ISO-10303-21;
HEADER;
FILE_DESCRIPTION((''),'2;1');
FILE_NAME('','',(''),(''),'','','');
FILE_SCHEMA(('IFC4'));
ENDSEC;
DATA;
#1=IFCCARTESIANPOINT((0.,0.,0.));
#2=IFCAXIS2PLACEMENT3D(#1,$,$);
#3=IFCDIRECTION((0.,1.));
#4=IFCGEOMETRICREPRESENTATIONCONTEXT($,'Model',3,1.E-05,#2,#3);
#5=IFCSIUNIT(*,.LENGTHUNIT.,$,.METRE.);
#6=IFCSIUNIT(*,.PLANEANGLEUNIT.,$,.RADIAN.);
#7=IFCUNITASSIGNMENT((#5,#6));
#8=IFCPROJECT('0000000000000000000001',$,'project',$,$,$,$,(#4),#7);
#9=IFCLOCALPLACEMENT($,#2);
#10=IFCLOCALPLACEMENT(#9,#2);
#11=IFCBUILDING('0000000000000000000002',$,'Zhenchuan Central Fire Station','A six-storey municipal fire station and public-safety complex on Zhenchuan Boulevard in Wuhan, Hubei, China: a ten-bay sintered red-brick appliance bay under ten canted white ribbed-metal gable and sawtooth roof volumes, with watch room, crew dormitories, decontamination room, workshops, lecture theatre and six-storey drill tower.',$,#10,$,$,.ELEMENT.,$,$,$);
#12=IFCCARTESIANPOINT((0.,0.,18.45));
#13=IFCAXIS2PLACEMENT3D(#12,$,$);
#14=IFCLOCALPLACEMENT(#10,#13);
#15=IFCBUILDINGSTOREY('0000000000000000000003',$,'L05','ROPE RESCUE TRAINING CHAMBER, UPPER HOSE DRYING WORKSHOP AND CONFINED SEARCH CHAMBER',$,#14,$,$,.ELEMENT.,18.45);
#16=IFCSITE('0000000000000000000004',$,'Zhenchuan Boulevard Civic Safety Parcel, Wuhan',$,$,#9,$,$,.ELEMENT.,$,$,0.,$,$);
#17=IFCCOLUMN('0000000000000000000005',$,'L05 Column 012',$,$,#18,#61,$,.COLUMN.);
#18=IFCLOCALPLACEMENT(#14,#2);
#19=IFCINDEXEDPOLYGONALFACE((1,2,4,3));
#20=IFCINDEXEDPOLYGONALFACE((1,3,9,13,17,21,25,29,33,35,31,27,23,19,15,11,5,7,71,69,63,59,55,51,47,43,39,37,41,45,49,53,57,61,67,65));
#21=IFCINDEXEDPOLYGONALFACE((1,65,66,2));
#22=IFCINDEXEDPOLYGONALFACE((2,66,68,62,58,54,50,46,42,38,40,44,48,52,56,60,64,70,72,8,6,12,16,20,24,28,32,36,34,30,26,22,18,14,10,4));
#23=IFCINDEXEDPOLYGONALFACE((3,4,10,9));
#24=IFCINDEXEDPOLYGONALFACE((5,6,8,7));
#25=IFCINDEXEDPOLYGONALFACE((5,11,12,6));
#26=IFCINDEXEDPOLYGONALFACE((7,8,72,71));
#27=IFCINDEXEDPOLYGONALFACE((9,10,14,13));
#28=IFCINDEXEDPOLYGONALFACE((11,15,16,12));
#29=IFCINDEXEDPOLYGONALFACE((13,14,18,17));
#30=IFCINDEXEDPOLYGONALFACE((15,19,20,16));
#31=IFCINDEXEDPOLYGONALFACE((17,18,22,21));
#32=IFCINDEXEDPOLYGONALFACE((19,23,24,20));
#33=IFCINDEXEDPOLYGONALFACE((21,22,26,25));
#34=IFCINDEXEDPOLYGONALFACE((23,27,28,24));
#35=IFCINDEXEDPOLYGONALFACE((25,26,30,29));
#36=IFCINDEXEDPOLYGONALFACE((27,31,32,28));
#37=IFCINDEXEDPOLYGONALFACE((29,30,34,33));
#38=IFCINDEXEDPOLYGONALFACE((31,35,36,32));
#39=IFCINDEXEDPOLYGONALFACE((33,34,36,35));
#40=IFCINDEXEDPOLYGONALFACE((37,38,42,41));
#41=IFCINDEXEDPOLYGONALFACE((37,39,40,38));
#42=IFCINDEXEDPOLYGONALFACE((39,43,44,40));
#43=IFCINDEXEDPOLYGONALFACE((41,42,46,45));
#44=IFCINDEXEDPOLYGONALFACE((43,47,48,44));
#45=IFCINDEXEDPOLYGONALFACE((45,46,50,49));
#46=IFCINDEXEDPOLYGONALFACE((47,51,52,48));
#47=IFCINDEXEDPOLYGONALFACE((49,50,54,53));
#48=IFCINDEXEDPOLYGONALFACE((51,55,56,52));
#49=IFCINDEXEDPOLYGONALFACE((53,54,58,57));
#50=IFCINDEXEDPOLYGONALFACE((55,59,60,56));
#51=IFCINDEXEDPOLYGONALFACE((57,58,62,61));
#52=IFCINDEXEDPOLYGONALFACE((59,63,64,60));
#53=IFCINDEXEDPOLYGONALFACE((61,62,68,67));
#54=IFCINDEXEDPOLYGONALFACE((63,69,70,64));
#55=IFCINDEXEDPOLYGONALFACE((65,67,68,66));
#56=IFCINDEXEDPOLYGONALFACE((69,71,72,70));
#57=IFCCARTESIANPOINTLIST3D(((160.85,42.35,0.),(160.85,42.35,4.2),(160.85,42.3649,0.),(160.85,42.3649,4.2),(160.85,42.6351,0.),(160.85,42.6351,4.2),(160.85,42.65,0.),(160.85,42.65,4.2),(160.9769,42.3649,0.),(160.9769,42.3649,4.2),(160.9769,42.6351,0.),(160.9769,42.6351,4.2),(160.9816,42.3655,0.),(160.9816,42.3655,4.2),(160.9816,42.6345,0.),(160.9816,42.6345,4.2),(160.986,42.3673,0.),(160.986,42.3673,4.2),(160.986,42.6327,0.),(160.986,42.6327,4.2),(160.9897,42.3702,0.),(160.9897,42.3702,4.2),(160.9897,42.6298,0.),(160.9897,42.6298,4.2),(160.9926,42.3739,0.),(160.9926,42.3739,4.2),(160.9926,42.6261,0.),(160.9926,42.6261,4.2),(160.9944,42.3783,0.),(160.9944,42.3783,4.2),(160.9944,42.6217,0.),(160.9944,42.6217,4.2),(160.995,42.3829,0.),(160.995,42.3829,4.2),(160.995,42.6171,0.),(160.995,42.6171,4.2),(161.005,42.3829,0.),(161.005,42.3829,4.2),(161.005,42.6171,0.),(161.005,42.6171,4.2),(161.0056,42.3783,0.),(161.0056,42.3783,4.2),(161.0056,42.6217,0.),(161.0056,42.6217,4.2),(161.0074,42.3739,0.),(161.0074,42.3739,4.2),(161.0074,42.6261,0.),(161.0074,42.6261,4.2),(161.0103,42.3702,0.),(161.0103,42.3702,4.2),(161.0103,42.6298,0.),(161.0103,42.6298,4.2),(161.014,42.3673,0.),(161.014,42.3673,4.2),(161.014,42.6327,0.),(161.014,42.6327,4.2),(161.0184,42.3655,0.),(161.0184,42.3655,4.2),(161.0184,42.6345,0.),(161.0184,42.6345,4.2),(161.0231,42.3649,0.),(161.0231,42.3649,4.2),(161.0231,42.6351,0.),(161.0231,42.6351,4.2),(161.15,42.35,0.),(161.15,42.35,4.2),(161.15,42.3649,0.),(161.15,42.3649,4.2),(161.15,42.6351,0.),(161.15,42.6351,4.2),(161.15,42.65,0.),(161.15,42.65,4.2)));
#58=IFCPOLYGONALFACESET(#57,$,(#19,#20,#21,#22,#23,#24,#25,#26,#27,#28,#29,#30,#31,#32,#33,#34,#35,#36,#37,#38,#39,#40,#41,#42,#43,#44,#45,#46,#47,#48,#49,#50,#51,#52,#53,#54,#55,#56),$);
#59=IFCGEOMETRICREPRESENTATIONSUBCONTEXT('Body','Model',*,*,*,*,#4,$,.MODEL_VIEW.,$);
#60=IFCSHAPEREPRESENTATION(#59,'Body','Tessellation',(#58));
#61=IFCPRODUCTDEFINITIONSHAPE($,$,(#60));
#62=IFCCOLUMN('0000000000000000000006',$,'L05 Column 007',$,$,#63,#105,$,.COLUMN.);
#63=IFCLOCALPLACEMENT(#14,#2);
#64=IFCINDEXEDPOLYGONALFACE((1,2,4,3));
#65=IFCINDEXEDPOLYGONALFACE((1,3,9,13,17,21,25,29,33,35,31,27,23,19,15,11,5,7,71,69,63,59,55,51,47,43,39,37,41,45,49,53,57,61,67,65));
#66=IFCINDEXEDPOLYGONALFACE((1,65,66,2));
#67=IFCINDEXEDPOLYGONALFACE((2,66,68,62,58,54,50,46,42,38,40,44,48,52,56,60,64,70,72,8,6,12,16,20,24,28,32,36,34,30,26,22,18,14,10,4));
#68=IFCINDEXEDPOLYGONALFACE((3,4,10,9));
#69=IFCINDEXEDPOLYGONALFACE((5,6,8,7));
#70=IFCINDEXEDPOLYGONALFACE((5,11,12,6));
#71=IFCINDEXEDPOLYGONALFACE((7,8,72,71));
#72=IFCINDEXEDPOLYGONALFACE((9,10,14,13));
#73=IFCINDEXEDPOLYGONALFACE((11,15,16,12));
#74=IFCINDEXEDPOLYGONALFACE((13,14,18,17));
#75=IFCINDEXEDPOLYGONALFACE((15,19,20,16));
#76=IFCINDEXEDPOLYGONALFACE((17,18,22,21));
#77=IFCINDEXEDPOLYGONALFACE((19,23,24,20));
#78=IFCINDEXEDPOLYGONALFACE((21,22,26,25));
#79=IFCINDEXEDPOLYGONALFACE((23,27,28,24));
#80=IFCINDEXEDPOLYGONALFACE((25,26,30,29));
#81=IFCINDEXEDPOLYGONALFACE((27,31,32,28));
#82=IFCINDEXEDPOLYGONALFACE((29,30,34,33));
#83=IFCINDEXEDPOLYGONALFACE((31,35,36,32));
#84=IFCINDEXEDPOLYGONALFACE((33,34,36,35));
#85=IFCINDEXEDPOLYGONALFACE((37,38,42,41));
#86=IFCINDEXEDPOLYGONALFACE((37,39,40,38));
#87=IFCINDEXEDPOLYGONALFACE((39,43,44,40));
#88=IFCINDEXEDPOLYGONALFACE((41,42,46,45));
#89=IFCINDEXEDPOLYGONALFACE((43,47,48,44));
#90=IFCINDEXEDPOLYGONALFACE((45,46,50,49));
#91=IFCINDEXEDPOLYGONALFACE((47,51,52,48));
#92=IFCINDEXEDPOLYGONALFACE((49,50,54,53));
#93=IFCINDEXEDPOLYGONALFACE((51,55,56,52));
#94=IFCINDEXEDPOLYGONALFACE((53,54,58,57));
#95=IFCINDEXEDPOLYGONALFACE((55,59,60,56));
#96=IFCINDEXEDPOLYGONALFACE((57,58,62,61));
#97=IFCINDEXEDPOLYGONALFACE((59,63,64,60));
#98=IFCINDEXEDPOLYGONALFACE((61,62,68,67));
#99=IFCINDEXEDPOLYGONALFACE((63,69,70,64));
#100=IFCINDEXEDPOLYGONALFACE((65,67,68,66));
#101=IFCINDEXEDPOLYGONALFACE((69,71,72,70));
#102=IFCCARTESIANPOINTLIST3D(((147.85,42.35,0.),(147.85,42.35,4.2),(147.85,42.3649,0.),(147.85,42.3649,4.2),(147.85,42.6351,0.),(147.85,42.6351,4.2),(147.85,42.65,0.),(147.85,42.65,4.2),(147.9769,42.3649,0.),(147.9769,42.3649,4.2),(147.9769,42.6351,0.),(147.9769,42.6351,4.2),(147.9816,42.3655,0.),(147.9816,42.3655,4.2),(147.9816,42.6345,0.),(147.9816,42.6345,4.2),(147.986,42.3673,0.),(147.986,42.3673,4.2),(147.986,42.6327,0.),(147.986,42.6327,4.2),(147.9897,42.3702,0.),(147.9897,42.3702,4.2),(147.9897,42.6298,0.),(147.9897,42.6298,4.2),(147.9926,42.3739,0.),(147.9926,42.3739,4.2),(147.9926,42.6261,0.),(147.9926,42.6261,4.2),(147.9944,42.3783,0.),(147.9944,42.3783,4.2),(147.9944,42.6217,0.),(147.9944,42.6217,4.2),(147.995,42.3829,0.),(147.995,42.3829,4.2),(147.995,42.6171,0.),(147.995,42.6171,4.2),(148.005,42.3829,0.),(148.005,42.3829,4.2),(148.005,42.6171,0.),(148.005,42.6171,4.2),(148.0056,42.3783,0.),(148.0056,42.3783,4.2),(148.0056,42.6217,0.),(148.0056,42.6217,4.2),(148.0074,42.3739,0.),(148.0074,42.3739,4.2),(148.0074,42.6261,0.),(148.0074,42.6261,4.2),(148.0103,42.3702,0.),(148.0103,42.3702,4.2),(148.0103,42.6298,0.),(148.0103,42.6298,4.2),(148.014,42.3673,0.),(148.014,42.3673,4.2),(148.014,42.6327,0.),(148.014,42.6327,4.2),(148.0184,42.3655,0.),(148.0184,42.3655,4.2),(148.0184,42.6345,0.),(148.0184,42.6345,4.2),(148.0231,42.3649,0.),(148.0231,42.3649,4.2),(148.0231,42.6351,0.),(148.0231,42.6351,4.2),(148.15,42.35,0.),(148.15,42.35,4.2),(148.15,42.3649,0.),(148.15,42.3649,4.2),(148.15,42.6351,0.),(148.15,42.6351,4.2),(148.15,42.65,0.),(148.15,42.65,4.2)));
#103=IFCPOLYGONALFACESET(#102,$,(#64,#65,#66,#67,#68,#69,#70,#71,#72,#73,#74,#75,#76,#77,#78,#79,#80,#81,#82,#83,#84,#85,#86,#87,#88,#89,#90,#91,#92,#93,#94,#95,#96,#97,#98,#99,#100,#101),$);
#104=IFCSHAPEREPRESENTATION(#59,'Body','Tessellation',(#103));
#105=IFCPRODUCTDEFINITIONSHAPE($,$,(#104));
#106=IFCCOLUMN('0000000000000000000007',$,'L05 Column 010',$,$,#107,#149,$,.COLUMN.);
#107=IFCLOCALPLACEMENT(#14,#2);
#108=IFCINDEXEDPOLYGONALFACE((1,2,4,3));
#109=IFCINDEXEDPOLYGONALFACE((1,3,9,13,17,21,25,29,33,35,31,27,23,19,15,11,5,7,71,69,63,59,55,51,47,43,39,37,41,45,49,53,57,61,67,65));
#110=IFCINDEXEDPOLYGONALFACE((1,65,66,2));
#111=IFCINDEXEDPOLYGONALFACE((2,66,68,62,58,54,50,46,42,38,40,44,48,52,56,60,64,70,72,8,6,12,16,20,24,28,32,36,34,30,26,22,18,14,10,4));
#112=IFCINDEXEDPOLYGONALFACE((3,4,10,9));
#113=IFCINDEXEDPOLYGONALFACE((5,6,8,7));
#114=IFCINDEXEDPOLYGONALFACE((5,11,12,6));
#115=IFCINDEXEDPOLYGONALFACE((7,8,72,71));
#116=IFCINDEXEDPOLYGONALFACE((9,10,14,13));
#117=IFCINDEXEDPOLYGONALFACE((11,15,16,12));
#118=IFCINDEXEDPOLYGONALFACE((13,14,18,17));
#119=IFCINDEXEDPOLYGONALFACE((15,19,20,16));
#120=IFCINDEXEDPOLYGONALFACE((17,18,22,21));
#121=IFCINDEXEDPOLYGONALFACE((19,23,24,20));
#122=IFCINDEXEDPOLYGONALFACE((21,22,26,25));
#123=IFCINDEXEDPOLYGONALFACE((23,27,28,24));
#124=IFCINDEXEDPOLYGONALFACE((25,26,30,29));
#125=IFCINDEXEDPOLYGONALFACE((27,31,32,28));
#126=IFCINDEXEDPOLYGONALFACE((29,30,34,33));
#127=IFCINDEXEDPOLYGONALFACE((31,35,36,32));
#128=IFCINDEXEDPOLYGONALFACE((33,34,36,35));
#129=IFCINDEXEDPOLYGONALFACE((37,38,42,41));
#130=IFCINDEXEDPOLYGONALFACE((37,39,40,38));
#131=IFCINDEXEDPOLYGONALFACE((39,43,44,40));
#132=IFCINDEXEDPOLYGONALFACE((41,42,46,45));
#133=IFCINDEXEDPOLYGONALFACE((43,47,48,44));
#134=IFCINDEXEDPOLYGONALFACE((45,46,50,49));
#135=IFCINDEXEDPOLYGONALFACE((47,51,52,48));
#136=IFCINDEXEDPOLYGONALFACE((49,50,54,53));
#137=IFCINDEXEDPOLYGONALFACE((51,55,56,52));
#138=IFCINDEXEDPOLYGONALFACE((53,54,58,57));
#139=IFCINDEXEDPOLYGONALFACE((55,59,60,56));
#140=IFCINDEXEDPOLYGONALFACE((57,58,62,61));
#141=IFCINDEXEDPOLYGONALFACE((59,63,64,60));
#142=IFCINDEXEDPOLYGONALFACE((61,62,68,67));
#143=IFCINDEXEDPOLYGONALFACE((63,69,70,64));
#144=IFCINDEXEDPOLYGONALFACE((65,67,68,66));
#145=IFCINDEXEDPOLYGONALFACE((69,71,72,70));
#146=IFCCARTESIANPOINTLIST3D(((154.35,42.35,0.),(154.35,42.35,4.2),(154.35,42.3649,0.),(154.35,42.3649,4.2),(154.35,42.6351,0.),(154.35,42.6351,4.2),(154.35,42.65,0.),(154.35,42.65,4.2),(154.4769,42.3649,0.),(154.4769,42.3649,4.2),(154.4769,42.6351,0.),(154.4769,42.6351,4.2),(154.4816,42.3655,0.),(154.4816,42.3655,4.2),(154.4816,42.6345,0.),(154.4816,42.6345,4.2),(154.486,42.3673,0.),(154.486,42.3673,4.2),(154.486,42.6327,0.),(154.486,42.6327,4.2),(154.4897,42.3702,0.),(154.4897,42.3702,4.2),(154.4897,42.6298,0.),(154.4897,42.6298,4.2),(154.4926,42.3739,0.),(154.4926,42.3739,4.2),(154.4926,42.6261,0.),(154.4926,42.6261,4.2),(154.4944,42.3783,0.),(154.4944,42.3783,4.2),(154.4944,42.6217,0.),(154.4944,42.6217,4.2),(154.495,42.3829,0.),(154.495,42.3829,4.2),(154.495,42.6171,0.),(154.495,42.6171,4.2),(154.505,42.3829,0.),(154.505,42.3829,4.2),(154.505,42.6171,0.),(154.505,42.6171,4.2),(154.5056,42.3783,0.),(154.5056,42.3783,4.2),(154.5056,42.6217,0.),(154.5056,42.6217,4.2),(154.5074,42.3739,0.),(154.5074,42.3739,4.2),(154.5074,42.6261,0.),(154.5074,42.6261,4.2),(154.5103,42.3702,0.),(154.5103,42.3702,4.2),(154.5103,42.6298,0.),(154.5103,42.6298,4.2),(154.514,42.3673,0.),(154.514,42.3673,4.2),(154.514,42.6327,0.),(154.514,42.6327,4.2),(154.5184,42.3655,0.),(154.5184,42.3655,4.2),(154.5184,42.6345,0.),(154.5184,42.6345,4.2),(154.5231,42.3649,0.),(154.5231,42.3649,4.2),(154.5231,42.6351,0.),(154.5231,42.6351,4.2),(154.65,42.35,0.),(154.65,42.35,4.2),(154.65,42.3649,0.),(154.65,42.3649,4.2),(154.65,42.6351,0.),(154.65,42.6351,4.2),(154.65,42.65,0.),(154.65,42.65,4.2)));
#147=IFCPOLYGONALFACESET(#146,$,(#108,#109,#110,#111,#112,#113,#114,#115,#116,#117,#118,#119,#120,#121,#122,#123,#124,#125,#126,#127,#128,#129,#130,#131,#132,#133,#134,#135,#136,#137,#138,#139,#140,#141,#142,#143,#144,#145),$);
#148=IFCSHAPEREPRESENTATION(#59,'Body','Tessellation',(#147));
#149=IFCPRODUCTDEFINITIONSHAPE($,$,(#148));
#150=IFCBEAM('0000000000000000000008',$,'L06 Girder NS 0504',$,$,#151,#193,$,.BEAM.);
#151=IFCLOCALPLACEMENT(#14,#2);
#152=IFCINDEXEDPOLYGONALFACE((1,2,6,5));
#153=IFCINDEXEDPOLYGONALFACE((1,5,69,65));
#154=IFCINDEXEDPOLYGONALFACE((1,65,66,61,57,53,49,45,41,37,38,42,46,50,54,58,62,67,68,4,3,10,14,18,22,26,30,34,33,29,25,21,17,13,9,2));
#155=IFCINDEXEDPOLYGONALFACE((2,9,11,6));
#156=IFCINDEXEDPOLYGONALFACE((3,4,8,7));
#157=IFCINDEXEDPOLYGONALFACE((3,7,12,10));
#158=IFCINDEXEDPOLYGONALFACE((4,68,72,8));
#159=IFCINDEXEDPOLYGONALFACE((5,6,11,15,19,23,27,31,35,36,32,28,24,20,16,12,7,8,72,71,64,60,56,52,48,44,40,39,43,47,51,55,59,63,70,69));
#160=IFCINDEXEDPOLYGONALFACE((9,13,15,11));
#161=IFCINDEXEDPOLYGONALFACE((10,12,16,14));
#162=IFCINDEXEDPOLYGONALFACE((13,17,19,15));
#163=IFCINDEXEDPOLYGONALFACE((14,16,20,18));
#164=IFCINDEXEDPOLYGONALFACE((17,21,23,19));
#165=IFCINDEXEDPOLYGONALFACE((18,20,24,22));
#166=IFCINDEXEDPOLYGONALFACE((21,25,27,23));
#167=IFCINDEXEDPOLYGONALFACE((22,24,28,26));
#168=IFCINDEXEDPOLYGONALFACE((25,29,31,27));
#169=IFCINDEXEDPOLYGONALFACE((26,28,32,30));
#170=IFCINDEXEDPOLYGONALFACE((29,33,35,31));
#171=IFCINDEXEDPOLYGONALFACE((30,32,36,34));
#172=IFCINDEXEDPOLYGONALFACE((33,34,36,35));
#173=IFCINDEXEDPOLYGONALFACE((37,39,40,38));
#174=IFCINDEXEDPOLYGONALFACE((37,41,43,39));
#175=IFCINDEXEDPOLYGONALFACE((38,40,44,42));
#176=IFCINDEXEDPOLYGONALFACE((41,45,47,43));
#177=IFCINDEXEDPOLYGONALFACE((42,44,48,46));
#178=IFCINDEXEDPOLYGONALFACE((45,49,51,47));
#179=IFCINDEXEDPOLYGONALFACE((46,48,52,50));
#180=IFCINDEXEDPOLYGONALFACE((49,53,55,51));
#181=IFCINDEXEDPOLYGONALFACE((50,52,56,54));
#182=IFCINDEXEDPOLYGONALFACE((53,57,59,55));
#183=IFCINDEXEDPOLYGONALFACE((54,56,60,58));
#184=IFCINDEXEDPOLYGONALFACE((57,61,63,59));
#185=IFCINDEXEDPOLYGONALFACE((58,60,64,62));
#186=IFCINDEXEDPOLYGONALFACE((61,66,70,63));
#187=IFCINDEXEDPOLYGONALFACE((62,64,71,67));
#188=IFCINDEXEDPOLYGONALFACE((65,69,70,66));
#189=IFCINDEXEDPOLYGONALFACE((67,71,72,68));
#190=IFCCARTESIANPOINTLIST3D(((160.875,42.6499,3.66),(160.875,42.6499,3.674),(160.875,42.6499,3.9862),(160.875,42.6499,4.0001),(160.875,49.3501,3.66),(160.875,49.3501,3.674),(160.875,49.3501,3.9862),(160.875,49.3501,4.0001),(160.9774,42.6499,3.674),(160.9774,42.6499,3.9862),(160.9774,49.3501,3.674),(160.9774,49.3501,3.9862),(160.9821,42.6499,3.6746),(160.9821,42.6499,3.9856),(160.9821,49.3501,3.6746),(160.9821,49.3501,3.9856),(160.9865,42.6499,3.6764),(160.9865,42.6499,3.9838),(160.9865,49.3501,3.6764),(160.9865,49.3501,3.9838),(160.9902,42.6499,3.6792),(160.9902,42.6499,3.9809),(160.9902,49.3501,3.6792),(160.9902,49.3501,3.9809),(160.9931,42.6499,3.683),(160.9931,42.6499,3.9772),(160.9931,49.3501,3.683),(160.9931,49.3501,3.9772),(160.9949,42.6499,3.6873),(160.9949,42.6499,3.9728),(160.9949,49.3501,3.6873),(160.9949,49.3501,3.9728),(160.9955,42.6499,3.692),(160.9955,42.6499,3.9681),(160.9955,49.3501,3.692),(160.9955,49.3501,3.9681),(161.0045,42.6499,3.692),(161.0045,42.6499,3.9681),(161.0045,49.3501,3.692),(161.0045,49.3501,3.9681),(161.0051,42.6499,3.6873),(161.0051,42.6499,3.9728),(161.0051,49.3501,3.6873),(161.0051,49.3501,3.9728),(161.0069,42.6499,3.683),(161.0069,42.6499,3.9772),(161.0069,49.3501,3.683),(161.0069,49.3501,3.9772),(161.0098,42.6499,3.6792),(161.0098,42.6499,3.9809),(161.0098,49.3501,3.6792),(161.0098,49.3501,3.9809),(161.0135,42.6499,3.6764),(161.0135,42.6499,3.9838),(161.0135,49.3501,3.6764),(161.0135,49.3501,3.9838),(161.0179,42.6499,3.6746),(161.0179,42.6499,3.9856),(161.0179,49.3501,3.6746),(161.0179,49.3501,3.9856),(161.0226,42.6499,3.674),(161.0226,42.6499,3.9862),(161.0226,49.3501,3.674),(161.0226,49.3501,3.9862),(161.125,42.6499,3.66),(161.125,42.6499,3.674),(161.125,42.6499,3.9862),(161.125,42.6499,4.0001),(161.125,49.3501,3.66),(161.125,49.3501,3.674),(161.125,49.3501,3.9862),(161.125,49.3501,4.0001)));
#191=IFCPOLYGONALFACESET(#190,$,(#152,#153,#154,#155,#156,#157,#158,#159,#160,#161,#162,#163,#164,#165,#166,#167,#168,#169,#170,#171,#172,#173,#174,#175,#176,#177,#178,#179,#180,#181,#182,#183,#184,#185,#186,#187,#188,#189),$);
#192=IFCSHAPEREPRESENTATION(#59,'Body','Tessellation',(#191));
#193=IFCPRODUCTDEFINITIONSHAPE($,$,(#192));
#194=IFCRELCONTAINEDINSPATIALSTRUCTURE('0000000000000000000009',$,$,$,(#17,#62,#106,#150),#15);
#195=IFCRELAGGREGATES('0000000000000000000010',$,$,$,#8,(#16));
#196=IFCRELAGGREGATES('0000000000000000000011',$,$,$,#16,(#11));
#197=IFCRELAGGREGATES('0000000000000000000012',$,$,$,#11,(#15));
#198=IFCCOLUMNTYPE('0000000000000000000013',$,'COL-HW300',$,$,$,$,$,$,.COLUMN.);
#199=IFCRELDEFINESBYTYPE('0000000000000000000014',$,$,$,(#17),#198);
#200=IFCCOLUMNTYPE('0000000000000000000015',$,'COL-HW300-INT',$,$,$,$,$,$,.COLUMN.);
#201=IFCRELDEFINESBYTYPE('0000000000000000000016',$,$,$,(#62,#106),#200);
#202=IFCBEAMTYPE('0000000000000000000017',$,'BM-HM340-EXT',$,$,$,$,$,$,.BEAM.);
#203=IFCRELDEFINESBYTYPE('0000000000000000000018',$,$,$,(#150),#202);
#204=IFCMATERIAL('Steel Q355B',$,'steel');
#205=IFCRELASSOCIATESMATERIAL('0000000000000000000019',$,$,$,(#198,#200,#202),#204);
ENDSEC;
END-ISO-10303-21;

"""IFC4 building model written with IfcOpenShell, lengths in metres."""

from ifc_helpers import new_model, si_unit, direction, frame, origin, origin_2d, place, context, subcontext, project, spatial, i_section, extrude, material, material_profile, profile_set, type_object, element, save


model = new_model("IFC4")

# Units and contexts
model_context = context("Model", 3, precision=1e-05, world=origin(), true_north=direction((0.0, 1.0)))
body_context = subcontext(model_context, "Body", "Model", "MODEL_VIEW")
ifc_project = project(units=[si_unit("LENGTHUNIT", "METRE"), si_unit("PLANEANGLEUNIT", "RADIAN")], contexts=[model_context])

# Site, building, storey
site_placement = place(None, origin())
site = spatial("IfcSite", under=ifc_project, at=site_placement, Name="Zhenchuan Boulevard Civic Safety Parcel, Wuhan", CompositionType="ELEMENT", RefElevation=0.0)
building_placement = place(site_placement, origin())
building = spatial("IfcBuilding", under=site, at=building_placement, Name="Zhenchuan Central Fire Station", Description="A six-storey municipal fire station and public-safety complex on Zhenchuan Boulevard in Wuhan, Hubei, China: a ten-bay sintered red-brick appliance bay under ten canted white ribbed-metal gable and sawtooth roof volumes, with watch room, crew dormitories, decontamination room, workshops, lecture theatre and six-storey drill tower.", CompositionType="ELEMENT")
storey_placement = place(building_placement, frame((0.0, 0.0, 18.45)))
storey = spatial("IfcBuildingStorey", under=building, at=storey_placement, Name="L05", Description="ROPE RESCUE TRAINING CHAMBER, UPPER HOSE DRYING WORKSHOP AND CONFINED SEARCH CHAMBER", CompositionType="ELEMENT", Elevation=18.45)

# Columns
ifc_material_1 = material(Name="Steel Q355B", Category="steel")
ifc_material_profile_1 = material_profile(ifc_material_1, i_section(OverallWidth=0.3, OverallDepth=0.3, WebThickness=0.01, FlangeThickness=0.0149, FilletRadius=0.0181, at=origin_2d()), Name="HW 300x300")
ifc_profile_set_1 = profile_set([ifc_material_profile_1], Name="Steel Q355B")
column_type_1 = type_object("IfcColumnType", Name="COL-HW300", PredefinedType="COLUMN", material=ifc_profile_set_1)
column_placement = place(storey_placement, frame((161.0, 42.5, 0.0), z_axis=(0.0, 0.0, 1.0), x_axis=(1.0, 0.0, 0.0)))
element("IfcColumn", 1, at=column_placement, inside=storey, type_object=column_type_1, Name="L05 Column 012", PredefinedType="COLUMN", context=body_context, shape_type="SweptSolid", body=[
    extrude(i_section(OverallWidth=0.3, OverallDepth=0.3, WebThickness=0.01, FlangeThickness=0.0149, FilletRadius=0.0181, at=origin_2d()), origin(), (0.0, 0.0, 1.0), 4.2),
])
ifc_material_profile_2 = material_profile(ifc_material_1, i_section(OverallWidth=0.3, OverallDepth=0.3, WebThickness=0.01, FlangeThickness=0.0149, FilletRadius=0.0181, at=origin_2d()), Name="HW 300x300")
ifc_profile_set_2 = profile_set([ifc_material_profile_2], Name="Steel Q355B")
column_type_2 = type_object("IfcColumnType", Name="COL-HW300-INT", PredefinedType="COLUMN", material=ifc_profile_set_2)
for number, where, z_axis, x_axis, name in (
    (2, (148.0, 42.5, 0.0), (0.0, 0.0, 1.0), (1.0, 0.0, 0.0), "L05 Column 007"),
    (3, (154.5, 42.5, 0.0), (0.0, 0.0, 1.0), (1.0, 0.0, 0.0), "L05 Column 010"),
):
    element("IfcColumn", number, at=place(storey_placement, frame(where, z_axis=z_axis, x_axis=x_axis)), inside=storey, type_object=column_type_2, Name=name, PredefinedType="COLUMN", context=body_context, shape_type="SweptSolid", body=[
        extrude(i_section(OverallWidth=0.3, OverallDepth=0.3, WebThickness=0.01, FlangeThickness=0.0149, FilletRadius=0.0181, at=origin_2d()), origin(), (0.0, 0.0, 1.0), 4.2),
    ])

# Beam
ifc_material_profile_3 = material_profile(ifc_material_1, i_section(OverallWidth=0.25, OverallDepth=0.3401, WebThickness=0.009, FlangeThickness=0.0139, FilletRadius=0.0181, at=origin_2d()), Name="HM 340x250")
ifc_profile_set_3 = profile_set([ifc_material_profile_3], Name="Steel Q355B")
beam_type_1 = type_object("IfcBeamType", Name="BM-HM340-EXT", PredefinedType="BEAM", material=ifc_profile_set_3)
beam_1_placement = place(storey_placement, frame((161.0, 42.6499, 3.8301), z_axis=(0.0, 1.0, 0.0), x_axis=(-1.0, 0.0, 0.0)))
element("IfcBeam", 4, at=beam_1_placement, inside=storey, type_object=beam_type_1, Name="L06 Girder NS 0504", PredefinedType="BEAM", context=body_context, shape_type="SweptSolid", body=[
    extrude(i_section(OverallWidth=0.25, OverallDepth=0.3401, WebThickness=0.009, FlangeThickness=0.0139, FilletRadius=0.0181, at=origin_2d()), origin(), (0.0, 0.0, 1.0), 6.7002),
])

save(model, "model.ifc")
